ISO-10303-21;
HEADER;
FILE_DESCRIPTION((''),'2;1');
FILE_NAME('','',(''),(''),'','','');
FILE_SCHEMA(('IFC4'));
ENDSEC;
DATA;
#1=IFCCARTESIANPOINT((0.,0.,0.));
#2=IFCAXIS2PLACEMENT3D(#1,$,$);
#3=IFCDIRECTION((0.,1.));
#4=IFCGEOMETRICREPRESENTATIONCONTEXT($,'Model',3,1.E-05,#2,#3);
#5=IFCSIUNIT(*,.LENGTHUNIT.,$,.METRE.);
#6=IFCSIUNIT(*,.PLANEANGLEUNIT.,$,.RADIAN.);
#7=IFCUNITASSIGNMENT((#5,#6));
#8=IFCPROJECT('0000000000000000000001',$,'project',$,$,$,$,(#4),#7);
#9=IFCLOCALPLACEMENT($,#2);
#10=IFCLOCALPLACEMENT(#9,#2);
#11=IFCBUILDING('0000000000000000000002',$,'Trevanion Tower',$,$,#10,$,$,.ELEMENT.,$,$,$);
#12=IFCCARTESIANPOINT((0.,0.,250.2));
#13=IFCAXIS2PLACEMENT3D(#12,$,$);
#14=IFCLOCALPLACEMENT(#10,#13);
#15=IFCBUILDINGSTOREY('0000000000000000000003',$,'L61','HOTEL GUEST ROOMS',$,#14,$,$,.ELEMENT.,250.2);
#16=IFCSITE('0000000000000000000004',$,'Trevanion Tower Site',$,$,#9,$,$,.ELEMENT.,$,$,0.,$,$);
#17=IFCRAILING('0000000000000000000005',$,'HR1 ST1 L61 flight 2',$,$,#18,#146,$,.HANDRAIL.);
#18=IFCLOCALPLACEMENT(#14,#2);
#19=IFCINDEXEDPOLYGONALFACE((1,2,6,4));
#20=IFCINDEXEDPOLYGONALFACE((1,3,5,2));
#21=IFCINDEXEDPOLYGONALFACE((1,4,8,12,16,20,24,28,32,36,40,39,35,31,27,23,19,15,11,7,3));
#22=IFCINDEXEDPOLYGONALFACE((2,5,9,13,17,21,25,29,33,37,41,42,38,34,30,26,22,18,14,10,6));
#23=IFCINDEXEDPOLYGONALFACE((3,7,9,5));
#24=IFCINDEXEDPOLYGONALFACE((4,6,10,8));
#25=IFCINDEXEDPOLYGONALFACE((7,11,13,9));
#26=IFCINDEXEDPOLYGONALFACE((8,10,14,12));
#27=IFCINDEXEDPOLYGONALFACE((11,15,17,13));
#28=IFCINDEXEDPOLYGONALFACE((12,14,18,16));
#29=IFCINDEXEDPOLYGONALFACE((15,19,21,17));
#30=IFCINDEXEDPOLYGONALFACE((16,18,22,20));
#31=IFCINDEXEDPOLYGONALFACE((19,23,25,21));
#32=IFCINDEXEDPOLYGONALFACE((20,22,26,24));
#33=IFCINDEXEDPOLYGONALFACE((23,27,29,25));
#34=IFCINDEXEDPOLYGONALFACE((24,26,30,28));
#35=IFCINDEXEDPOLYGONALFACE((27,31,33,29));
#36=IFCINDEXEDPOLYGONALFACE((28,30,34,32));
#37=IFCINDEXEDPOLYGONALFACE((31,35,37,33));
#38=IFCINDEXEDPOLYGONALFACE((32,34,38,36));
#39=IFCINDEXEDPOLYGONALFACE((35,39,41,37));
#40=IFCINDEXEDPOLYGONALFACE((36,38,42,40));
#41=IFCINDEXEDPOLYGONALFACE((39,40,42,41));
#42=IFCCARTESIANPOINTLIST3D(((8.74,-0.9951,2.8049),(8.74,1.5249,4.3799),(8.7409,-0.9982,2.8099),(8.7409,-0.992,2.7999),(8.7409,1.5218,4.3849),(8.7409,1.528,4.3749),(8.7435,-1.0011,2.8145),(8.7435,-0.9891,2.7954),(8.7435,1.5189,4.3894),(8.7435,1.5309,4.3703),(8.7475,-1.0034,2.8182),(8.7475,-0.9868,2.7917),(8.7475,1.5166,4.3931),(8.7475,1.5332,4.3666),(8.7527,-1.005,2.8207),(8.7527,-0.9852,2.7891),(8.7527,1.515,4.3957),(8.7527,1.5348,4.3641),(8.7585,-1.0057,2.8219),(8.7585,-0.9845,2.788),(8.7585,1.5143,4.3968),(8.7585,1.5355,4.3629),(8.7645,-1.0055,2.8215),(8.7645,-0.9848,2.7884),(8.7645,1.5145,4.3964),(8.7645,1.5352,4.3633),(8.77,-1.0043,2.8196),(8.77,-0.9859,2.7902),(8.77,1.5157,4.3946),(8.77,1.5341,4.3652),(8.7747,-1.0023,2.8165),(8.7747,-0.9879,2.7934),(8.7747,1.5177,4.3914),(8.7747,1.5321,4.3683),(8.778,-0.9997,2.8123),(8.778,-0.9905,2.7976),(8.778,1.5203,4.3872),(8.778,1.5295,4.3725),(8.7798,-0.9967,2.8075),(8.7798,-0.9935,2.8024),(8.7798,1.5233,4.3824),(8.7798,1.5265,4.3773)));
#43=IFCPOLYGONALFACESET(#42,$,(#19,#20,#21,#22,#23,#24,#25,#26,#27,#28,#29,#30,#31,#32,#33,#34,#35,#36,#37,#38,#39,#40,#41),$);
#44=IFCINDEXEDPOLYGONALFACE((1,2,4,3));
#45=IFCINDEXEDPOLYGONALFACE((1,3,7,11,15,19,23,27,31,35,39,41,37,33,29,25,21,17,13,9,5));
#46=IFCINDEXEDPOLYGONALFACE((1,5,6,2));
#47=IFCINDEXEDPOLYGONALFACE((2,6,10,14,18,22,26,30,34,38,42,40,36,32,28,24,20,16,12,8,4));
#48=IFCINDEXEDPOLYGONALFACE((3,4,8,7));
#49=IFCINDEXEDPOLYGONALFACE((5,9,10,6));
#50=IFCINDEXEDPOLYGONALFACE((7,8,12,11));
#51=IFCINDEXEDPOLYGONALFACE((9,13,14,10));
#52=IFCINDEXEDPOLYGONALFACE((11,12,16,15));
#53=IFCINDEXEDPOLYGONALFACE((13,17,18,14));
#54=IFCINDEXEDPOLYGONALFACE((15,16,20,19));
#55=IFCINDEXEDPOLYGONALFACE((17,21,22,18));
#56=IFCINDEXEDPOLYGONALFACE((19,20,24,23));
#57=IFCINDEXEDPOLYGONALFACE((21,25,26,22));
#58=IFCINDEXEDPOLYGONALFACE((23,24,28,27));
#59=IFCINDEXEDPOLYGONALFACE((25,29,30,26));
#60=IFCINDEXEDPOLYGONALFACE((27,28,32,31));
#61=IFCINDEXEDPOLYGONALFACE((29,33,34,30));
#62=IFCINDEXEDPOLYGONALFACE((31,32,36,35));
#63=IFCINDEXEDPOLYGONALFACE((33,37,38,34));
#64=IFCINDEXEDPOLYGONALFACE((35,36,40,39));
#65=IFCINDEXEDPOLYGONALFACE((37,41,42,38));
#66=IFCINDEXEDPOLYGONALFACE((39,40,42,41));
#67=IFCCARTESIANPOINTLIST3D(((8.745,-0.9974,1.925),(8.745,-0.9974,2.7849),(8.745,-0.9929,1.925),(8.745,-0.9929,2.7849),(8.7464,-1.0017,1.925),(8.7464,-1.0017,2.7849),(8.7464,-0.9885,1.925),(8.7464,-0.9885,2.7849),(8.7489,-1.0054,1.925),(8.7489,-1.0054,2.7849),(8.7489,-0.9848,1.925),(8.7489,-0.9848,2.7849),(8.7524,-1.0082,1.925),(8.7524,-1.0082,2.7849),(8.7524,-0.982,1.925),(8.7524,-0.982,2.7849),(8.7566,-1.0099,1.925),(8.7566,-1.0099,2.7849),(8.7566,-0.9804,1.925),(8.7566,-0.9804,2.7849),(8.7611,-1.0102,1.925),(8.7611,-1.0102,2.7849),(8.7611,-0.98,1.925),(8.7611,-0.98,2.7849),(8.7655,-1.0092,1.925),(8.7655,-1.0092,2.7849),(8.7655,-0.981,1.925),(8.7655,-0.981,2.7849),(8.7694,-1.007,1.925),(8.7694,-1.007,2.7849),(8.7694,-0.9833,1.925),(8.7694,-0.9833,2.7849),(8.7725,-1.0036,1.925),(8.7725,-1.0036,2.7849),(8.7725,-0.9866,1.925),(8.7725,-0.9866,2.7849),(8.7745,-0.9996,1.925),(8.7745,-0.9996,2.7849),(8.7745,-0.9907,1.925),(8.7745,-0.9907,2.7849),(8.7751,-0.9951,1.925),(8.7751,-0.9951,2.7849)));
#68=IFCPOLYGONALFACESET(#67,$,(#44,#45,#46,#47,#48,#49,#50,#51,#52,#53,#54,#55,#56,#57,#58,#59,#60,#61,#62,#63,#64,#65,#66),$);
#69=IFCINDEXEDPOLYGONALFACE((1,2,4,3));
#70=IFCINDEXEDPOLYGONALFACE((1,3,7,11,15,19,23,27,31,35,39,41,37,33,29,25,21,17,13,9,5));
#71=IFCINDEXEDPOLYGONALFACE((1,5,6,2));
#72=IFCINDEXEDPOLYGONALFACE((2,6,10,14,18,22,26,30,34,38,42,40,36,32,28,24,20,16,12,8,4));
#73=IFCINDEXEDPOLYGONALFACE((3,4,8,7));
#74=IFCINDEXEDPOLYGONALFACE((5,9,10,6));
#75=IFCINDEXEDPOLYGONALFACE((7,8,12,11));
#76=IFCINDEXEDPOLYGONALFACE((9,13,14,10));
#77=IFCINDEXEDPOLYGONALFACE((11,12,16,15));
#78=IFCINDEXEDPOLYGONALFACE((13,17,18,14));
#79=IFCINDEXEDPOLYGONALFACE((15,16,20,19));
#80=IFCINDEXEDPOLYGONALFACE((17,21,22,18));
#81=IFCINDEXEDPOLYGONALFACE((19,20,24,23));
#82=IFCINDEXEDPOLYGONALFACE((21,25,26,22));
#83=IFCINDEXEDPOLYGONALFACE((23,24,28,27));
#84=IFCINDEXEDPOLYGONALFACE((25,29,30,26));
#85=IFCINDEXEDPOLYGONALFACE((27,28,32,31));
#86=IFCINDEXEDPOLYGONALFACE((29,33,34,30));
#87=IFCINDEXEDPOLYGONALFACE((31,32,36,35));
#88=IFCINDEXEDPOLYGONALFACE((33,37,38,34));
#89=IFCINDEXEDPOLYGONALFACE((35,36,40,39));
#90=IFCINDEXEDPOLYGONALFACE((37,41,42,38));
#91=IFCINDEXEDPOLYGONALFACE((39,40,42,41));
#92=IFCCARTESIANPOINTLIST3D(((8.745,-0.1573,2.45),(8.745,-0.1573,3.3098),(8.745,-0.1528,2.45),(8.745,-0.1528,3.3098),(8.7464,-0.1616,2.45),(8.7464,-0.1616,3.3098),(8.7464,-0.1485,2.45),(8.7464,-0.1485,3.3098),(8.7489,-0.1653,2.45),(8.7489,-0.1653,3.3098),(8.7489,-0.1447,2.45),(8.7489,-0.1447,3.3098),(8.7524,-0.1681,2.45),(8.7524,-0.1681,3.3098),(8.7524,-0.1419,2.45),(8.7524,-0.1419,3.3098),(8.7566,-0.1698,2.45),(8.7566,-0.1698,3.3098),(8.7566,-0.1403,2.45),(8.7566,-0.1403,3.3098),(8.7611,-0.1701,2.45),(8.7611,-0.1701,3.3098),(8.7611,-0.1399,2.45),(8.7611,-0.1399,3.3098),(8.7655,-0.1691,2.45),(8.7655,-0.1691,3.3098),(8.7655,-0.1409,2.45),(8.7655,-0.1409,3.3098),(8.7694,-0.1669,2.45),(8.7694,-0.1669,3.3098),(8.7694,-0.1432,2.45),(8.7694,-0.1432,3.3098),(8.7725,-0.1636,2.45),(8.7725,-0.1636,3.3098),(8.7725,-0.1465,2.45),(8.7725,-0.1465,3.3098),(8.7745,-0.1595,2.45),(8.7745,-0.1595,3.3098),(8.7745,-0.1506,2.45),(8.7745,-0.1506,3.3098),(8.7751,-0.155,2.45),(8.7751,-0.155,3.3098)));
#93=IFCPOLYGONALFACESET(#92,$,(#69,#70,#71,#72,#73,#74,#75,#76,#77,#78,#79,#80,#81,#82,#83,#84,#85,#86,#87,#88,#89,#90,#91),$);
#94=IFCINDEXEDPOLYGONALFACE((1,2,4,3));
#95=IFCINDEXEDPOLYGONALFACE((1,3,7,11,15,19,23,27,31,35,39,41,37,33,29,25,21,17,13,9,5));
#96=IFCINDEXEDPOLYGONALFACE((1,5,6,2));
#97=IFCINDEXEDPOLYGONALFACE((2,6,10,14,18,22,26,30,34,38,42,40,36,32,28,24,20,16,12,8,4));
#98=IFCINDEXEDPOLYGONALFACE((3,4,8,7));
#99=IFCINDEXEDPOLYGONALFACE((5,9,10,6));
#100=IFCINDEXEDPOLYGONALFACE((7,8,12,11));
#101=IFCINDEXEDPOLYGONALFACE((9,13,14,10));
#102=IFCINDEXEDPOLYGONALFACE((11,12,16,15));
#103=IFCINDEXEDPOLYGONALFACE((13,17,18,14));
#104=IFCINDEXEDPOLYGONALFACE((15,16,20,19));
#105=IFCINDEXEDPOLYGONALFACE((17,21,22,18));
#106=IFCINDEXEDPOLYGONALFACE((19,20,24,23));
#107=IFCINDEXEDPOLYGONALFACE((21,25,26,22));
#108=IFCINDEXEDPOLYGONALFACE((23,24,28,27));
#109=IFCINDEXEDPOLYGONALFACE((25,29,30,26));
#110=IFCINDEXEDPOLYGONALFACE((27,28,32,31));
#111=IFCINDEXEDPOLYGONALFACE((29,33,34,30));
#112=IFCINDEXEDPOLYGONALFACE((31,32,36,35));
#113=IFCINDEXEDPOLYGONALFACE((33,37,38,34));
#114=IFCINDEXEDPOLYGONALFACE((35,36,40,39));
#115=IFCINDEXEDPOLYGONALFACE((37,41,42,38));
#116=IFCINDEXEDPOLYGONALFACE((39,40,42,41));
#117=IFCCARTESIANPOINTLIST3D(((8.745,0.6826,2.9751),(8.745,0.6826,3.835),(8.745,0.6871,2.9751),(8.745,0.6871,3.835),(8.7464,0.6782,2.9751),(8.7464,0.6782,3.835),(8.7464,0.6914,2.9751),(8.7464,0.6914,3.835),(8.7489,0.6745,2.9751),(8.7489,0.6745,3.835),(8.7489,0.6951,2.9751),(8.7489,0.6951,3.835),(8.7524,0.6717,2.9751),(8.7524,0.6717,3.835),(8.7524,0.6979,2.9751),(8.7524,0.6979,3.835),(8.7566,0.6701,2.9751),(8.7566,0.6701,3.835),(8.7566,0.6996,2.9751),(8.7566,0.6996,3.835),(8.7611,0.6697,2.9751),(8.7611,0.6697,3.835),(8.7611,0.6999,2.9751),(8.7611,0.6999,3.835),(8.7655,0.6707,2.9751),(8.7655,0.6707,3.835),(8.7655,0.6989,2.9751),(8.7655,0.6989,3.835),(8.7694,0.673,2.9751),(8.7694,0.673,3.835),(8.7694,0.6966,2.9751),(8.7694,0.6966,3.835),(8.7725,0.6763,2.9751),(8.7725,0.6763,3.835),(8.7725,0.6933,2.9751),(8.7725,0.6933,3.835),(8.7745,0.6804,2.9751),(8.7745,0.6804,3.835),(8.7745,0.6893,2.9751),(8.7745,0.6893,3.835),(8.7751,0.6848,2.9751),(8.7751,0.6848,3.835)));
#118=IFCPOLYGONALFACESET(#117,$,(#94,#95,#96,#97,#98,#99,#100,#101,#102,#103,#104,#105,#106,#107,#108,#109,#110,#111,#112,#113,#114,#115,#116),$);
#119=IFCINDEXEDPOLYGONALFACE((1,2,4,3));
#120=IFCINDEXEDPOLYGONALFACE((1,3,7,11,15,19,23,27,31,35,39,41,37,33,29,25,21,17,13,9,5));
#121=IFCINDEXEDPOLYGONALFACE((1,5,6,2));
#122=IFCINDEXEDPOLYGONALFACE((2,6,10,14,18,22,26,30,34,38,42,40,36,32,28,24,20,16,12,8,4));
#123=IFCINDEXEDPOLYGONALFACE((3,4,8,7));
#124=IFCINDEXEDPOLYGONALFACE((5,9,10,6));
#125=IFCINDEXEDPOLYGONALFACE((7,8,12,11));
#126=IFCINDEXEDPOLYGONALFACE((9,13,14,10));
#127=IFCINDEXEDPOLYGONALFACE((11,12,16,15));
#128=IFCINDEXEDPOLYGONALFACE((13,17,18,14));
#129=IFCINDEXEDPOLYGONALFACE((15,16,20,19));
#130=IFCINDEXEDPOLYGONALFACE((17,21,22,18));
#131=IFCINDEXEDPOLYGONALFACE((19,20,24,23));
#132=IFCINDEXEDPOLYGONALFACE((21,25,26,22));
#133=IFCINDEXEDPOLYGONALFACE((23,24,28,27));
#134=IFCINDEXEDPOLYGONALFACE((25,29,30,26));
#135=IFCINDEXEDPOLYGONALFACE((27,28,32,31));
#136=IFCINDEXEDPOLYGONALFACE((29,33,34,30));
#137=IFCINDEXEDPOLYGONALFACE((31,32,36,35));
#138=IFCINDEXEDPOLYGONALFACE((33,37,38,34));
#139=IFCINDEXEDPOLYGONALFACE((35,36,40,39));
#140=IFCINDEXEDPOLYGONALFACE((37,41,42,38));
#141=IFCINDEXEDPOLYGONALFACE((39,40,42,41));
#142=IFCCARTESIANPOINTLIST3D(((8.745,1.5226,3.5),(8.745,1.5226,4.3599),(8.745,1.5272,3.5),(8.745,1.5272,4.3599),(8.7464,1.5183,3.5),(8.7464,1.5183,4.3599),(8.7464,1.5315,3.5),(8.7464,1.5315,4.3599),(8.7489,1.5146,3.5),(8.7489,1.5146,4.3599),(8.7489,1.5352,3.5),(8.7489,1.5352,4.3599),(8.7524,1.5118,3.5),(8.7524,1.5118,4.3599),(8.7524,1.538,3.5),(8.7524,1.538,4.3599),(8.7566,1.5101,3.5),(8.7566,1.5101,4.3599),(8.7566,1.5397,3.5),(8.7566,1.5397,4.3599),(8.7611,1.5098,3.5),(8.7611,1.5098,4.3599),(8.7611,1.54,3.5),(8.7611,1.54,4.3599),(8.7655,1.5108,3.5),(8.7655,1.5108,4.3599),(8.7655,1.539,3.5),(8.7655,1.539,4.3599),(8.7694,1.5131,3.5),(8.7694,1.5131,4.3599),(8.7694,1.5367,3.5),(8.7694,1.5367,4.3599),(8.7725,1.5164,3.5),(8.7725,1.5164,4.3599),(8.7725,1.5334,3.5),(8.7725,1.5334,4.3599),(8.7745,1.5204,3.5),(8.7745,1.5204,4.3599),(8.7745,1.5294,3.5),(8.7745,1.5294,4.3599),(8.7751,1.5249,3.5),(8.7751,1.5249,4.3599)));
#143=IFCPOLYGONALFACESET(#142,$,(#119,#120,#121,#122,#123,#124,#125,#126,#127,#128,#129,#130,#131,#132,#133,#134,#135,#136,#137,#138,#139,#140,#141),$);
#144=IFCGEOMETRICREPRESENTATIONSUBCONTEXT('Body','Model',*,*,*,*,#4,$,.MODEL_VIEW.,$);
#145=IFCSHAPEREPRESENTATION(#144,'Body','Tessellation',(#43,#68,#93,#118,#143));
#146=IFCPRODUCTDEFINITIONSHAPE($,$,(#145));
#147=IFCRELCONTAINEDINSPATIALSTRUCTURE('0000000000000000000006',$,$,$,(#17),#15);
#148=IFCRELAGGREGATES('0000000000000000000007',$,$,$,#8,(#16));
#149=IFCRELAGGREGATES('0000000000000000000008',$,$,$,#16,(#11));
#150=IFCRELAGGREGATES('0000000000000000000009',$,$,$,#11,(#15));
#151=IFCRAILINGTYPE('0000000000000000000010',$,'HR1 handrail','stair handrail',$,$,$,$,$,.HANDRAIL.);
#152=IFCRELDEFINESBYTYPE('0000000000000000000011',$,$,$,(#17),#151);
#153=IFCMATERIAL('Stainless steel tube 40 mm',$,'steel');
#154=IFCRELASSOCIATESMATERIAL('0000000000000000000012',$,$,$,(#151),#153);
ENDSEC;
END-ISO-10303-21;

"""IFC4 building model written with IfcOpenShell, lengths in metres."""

from ifc_helpers import new_model, si_unit, direction, frame, origin, origin_2d, place, context, subcontext, project, spatial, circle, extrude, material, type_object, element, save


model = new_model("IFC4")

# Units and contexts
model_context = context("Model", 3, precision=1e-05, world=origin(), true_north=direction((0.0, 1.0)))
body_context = subcontext(model_context, "Body", "Model", "MODEL_VIEW")
ifc_project = project(units=[si_unit("LENGTHUNIT", "METRE"), si_unit("PLANEANGLEUNIT", "RADIAN")], contexts=[model_context])

# Site, building, storey
site_placement = place(None, origin())
site = spatial("IfcSite", under=ifc_project, at=site_placement, Name="Trevanion Tower Site", CompositionType="ELEMENT", RefElevation=0.0)
building_placement = place(site_placement, origin())
building = spatial("IfcBuilding", under=site, at=building_placement, Name="Trevanion Tower", CompositionType="ELEMENT")
storey_placement = place(building_placement, frame((0.0, 0.0, 250.2)))
storey = spatial("IfcBuildingStorey", under=building, at=storey_placement, Name="L61", Description="HOTEL GUEST ROOMS", CompositionType="ELEMENT", Elevation=250.2)

# Railing
ifc_material_1 = material(Name="Stainless steel tube 40 mm", Category="steel")
railing_type = type_object("IfcRailingType", Name="HR1 handrail", Description="stair handrail", PredefinedType="HANDRAIL", material=ifc_material_1)
for number, where, name in (
    (1, (8.76, -0.9951, 1.925), "HR1 ST1 L61 flight 2"),
):
    element("IfcRailing", number, at=place(storey_placement, frame(where)), inside=storey, type_object=railing_type, Name=name, PredefinedType="HANDRAIL", context=body_context, shape_type="SweptSolid", body=[
        extrude(circle(Radius=0.02, at=origin_2d()), frame((0.0, 0.0, 0.8799), z_axis=(0.0, 0.848008, 0.529984), x_axis=(-1.0, 0.0, 0.0)), (0.0, 0.0, 1.0), 2.9717),
        extrude(circle(Radius=0.0151, at=origin_2d()), origin(), (0.0, 0.0, 1.0), 0.8599),
        extrude(circle(Radius=0.0151, at=origin_2d()), frame((0.0, 0.8401, 0.5249)), (0.0, 0.0, 1.0), 0.8599),
        extrude(circle(Radius=0.0151, at=origin_2d()), frame((0.0, 1.6799, 1.05)), (0.0, 0.0, 1.0), 0.8599),
        extrude(circle(Radius=0.0151, at=origin_2d()), frame((0.0, 2.52, 1.575)), (0.0, 0.0, 1.0), 0.8599),
    ])

save(model, "model.ifc")
